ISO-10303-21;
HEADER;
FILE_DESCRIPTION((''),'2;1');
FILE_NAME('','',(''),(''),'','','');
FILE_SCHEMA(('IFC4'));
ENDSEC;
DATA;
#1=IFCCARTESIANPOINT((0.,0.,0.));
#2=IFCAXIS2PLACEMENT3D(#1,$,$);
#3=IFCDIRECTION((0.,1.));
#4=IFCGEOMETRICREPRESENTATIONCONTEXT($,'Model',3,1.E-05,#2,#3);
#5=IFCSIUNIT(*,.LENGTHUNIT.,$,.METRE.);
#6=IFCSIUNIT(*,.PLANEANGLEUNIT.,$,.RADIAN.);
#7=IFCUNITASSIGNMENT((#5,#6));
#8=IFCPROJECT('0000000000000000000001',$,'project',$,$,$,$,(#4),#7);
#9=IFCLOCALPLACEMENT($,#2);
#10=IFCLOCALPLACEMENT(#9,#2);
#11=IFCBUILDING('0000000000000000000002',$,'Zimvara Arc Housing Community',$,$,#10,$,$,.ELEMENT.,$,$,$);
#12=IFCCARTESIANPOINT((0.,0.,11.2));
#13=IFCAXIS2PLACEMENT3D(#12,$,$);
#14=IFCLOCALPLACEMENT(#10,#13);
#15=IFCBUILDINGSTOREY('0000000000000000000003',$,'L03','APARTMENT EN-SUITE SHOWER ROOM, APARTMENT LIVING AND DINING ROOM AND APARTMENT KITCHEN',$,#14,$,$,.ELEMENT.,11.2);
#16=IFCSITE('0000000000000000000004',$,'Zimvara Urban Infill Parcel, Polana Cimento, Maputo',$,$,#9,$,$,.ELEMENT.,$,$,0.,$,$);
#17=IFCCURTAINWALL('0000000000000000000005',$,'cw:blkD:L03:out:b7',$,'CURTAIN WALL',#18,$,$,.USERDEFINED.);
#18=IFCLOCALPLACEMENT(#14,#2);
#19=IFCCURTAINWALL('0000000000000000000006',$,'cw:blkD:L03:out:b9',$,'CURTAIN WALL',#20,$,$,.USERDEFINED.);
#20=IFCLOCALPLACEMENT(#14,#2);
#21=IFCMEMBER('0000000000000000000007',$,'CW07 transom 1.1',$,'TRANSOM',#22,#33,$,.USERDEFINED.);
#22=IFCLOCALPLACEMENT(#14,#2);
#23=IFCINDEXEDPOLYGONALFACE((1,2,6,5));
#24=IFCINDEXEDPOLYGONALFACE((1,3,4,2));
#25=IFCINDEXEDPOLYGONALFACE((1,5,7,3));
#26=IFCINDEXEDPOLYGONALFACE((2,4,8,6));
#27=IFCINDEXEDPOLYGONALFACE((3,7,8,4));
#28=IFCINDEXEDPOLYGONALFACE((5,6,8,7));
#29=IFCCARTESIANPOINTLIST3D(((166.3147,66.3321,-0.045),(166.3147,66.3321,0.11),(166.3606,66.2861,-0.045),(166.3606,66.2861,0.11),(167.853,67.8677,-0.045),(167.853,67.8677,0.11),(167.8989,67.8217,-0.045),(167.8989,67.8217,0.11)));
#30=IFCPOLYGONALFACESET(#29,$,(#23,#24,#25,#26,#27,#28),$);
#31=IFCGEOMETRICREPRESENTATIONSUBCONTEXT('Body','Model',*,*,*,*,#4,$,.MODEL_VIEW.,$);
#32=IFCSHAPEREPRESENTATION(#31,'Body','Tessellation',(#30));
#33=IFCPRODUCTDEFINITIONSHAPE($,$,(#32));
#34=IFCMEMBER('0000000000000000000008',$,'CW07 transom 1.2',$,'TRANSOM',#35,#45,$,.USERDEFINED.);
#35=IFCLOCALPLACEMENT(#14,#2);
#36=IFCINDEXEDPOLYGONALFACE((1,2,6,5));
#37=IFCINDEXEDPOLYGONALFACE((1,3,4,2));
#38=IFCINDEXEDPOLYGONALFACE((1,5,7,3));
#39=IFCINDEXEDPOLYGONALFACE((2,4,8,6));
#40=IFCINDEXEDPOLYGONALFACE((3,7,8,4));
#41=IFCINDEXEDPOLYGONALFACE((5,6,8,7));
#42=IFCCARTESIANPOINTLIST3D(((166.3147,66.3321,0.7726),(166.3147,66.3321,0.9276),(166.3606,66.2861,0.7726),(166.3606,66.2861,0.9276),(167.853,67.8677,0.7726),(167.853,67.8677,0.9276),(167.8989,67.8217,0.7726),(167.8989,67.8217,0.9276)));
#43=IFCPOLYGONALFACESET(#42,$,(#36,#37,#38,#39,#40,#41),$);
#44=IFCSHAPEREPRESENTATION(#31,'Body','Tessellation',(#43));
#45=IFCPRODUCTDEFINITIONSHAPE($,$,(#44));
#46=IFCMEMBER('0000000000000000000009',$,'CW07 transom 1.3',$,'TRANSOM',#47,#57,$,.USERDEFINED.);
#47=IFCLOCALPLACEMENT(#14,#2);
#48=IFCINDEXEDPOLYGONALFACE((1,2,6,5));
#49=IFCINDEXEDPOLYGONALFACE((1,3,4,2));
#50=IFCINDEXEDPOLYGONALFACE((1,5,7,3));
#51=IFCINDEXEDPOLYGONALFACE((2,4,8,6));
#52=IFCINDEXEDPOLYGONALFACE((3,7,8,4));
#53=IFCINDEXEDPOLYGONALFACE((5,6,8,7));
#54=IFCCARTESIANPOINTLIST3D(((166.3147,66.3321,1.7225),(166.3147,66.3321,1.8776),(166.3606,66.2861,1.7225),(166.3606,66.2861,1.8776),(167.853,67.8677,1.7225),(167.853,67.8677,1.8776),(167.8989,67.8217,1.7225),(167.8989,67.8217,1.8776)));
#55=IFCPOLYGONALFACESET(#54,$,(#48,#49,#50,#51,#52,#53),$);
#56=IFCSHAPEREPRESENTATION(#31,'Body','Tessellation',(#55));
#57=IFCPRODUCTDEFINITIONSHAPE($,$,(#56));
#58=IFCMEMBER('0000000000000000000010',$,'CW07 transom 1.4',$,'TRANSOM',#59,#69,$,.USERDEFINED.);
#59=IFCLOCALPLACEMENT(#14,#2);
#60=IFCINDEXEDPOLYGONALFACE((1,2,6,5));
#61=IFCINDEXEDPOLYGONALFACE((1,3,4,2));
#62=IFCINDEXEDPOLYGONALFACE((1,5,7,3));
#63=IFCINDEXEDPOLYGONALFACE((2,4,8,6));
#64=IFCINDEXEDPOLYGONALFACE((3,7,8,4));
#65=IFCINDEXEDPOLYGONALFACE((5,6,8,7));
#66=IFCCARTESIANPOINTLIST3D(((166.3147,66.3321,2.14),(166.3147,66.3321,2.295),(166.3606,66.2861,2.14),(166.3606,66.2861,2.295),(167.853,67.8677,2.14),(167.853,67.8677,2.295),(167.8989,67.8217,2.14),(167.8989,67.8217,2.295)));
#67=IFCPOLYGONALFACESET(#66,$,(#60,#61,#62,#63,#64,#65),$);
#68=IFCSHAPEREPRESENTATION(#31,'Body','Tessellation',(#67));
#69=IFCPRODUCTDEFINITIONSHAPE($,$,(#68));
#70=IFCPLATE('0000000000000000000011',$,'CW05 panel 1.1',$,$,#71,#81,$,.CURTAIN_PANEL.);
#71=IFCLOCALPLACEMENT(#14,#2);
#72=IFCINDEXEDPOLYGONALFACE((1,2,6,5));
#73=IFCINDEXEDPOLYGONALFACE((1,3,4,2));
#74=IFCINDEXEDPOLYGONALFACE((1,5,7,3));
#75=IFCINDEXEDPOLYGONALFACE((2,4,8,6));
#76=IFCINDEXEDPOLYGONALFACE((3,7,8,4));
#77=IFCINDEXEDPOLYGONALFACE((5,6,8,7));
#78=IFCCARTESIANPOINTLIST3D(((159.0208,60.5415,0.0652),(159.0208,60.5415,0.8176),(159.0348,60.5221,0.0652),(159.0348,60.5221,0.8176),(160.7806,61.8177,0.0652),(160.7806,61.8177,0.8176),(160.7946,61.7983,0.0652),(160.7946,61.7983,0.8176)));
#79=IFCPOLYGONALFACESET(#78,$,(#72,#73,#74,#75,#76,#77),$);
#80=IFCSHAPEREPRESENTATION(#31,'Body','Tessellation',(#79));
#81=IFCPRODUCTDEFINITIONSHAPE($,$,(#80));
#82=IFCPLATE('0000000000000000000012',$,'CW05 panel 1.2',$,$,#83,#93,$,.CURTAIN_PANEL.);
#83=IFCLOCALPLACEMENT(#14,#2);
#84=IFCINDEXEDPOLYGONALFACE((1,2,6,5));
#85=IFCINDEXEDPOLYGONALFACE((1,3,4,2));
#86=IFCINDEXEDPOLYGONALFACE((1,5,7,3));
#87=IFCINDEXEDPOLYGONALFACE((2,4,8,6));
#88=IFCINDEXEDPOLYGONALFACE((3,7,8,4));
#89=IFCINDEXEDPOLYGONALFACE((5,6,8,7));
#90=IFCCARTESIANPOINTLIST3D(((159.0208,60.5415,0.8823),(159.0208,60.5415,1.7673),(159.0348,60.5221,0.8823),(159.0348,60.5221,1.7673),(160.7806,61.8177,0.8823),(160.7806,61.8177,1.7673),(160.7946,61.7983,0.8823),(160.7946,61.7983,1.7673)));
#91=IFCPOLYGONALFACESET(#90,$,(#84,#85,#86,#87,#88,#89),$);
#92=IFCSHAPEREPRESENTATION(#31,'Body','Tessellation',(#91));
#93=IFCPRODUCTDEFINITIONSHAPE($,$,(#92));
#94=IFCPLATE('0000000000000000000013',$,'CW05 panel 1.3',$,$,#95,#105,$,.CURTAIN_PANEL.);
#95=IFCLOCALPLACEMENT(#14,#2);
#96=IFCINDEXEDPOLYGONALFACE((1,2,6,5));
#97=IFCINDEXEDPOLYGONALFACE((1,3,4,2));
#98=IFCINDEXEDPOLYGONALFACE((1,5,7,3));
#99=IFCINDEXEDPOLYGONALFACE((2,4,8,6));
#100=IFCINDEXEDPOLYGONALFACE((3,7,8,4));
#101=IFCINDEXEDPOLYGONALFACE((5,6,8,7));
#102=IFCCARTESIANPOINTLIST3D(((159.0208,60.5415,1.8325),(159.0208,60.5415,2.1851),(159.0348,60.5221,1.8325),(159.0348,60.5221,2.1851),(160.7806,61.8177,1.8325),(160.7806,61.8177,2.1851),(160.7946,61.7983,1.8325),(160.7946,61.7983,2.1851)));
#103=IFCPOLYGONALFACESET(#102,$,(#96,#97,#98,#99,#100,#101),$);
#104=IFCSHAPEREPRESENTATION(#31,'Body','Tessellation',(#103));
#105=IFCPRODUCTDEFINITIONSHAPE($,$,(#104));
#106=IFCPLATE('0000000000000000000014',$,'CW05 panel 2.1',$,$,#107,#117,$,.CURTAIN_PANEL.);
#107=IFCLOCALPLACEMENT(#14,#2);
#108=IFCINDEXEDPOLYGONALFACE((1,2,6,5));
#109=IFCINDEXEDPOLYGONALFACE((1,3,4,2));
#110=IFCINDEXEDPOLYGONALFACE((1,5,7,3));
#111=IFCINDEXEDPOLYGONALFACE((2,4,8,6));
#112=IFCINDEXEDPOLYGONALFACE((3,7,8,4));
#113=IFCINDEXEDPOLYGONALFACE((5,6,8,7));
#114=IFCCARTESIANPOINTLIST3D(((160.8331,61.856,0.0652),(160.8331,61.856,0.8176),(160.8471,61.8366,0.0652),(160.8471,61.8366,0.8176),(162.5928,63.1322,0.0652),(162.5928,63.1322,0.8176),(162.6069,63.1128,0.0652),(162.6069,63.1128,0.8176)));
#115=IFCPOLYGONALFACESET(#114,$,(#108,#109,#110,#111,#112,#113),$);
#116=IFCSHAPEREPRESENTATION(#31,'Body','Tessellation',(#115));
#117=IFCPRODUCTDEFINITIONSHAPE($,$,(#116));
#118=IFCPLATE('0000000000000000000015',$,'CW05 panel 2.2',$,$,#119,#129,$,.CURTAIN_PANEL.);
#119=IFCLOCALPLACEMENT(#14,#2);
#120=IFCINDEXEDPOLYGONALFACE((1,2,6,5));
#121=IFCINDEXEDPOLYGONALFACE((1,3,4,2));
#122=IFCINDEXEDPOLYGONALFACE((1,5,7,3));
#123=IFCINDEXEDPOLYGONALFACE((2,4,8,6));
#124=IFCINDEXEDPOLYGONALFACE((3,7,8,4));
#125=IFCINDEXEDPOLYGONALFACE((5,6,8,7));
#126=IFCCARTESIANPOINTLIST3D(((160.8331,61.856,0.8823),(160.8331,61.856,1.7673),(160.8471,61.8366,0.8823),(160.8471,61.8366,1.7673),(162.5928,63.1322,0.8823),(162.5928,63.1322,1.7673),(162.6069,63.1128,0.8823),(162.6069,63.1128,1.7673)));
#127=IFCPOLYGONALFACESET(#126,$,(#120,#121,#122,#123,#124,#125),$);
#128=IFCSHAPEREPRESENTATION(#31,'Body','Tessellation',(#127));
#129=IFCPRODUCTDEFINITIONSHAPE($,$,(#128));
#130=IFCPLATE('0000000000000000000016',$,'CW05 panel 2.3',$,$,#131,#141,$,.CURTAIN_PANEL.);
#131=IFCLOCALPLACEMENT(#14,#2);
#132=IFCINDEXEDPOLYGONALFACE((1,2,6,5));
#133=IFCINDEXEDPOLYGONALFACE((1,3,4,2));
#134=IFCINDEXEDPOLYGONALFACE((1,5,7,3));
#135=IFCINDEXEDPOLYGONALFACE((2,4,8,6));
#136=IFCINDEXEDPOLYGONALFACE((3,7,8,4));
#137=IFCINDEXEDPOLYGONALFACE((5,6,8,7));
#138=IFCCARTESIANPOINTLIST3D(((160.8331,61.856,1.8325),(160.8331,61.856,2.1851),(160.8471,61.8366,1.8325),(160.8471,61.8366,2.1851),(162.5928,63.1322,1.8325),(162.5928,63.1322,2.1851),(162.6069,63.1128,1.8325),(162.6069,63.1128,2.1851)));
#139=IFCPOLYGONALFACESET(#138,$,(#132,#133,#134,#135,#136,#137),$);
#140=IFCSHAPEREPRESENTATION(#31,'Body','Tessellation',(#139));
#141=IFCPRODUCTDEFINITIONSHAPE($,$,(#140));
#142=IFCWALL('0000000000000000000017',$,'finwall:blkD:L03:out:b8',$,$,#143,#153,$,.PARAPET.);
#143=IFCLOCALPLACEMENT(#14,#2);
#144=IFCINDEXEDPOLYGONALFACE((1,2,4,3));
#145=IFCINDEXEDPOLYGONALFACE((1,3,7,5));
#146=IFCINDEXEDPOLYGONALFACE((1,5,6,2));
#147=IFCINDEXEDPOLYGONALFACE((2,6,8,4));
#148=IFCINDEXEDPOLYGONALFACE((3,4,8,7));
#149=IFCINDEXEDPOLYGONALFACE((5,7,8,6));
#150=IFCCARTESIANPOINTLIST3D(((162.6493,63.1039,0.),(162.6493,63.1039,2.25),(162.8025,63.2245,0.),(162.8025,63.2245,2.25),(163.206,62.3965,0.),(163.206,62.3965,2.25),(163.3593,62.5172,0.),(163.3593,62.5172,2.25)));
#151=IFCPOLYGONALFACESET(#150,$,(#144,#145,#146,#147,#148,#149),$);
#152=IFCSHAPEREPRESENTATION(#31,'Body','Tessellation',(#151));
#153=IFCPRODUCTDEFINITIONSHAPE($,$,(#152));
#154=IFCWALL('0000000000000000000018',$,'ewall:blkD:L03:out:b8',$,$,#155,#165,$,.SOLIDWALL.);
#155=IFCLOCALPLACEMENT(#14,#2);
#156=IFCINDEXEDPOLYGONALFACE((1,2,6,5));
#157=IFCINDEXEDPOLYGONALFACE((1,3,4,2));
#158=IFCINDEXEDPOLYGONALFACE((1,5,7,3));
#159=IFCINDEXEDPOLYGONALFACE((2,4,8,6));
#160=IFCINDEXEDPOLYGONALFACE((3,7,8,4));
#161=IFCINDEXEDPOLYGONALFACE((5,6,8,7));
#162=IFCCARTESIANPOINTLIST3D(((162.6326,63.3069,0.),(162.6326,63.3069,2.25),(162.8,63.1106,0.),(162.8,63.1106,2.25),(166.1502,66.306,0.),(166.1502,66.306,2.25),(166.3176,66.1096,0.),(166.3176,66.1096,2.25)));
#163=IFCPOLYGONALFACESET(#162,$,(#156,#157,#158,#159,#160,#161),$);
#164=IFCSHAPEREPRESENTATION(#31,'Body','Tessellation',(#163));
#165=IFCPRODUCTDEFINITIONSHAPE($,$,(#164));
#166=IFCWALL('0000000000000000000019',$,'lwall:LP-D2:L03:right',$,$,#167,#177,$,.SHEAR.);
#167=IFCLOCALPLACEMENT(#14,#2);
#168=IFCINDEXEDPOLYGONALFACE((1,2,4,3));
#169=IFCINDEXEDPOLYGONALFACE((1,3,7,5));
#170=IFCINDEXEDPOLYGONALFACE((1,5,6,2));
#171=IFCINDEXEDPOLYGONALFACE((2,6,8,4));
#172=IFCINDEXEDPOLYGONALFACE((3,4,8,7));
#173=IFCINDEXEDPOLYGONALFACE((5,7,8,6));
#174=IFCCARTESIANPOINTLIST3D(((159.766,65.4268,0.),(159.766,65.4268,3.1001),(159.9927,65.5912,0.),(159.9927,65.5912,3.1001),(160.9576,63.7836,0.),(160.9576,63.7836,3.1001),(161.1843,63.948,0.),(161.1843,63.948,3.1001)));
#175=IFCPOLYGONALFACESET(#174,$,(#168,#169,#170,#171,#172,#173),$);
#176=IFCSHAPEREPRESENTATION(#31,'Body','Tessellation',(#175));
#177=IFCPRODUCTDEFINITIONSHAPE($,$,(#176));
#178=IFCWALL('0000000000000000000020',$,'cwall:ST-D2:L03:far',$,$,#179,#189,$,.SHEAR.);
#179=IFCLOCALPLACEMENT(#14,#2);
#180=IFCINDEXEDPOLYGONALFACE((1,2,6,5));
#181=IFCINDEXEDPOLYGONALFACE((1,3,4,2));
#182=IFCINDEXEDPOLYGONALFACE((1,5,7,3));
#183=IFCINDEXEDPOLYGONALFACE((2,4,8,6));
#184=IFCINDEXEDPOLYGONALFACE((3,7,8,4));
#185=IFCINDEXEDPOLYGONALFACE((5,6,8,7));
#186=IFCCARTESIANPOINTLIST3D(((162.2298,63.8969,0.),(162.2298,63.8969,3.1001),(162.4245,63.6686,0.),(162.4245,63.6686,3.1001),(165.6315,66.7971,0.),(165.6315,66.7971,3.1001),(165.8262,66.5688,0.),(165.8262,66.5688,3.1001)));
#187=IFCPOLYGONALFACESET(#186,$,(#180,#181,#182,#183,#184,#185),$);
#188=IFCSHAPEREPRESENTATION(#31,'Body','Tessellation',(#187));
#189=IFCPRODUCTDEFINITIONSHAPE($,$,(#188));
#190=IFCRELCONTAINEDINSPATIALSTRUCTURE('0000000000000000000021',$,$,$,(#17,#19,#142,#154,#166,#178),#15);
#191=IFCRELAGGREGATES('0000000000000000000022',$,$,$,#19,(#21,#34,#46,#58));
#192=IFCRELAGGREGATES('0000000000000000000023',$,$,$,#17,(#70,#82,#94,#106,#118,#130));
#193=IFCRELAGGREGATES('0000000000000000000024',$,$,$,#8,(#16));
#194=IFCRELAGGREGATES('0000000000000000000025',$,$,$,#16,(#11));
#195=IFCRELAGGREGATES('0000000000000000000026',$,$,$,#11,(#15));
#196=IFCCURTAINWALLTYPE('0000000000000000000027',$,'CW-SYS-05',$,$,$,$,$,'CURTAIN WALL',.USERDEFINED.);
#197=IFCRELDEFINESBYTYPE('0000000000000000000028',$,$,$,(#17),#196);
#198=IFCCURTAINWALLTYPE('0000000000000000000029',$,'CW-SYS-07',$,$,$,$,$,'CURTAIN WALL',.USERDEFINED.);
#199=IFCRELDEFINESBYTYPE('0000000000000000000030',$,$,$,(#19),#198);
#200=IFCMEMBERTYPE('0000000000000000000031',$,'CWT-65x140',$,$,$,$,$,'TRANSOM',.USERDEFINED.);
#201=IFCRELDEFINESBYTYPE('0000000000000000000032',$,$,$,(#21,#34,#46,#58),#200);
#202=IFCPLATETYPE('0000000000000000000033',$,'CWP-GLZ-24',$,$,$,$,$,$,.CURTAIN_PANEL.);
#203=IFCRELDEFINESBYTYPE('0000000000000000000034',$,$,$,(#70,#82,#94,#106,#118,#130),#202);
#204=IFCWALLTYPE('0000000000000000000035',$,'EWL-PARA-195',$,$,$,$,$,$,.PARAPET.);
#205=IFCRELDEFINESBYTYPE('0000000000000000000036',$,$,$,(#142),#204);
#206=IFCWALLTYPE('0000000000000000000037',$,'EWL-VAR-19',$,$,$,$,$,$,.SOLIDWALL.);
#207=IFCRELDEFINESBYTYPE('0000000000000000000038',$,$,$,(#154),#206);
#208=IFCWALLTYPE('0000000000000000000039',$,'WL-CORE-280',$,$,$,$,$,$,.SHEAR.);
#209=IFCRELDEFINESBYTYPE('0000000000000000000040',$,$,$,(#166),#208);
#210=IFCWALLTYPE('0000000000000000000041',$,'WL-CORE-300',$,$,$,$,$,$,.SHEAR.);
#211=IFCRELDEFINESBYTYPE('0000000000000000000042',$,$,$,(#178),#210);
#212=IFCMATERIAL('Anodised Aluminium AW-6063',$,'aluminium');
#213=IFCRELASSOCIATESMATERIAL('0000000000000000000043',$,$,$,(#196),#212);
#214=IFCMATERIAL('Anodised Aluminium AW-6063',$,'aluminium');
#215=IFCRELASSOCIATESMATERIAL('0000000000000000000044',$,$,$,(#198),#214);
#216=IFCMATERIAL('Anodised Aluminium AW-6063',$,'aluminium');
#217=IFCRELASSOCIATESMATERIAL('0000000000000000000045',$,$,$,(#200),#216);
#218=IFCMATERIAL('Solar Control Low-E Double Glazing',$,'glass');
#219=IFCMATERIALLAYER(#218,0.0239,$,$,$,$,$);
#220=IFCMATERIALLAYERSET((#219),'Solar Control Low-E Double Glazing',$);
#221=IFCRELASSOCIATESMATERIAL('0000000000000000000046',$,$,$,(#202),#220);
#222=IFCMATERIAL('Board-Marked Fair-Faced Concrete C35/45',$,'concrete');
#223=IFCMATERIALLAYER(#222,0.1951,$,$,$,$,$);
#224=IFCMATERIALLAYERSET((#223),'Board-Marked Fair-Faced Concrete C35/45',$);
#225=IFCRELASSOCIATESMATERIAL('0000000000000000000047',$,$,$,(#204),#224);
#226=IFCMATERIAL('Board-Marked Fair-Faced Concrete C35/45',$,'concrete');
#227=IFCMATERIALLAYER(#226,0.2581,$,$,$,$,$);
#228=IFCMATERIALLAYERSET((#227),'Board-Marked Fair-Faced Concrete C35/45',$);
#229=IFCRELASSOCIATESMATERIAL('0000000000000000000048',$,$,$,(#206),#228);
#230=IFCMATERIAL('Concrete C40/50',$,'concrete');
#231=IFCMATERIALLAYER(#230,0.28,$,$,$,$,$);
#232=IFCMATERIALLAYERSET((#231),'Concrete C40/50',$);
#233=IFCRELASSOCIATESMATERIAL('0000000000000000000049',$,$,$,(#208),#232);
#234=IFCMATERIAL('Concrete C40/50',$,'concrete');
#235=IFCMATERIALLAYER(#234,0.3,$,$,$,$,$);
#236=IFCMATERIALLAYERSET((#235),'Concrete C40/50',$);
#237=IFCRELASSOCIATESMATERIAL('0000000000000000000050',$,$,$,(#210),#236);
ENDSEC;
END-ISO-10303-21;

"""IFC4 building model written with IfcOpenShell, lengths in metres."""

from ifc_helpers import new_model, si_unit, direction, frame, frame_2d, origin, origin_2d, place, context, subcontext, project, spatial, rectangle, extrude, material, layer, layer_set, material_profile, profile_set, type_object, element, aggregate, save


model = new_model("IFC4")

# Units and contexts
model_context = context("Model", 3, precision=1e-05, world=origin(), true_north=direction((0.0, 1.0)))
body_context = subcontext(model_context, "Body", "Model", "MODEL_VIEW")
ifc_project = project(units=[si_unit("LENGTHUNIT", "METRE"), si_unit("PLANEANGLEUNIT", "RADIAN")], contexts=[model_context])

# Site, building, storey
site_placement = place(None, origin())
site = spatial("IfcSite", under=ifc_project, at=site_placement, Name="Zimvara Urban Infill Parcel, Polana Cimento, Maputo", CompositionType="ELEMENT", RefElevation=0.0)
building_placement = place(site_placement, origin())
building = spatial("IfcBuilding", under=site, at=building_placement, Name="Zimvara Arc Housing Community", CompositionType="ELEMENT")
storey_placement = place(building_placement, frame((0.0, 0.0, 11.2)))
storey = spatial("IfcBuildingStorey", under=building, at=storey_placement, Name="L03", Description="APARTMENT EN-SUITE SHOWER ROOM, APARTMENT LIVING AND DINING ROOM AND APARTMENT KITCHEN", CompositionType="ELEMENT", Elevation=11.2)

# Curtain wall
ifc_material_1 = material(Name="Anodised Aluminium AW-6063", Category="aluminium")
curtain_wall_type_1 = type_object("IfcCurtainWallType", Name="CW-SYS-05", ElementType="CURTAIN WALL", PredefinedType="USERDEFINED", material=ifc_material_1)
curtain_wall_1_placement = place(storey_placement, origin())
curtain_wall_1 = element("IfcCurtainWall", 1, at=curtain_wall_1_placement, inside=storey, type_object=curtain_wall_type_1, Name="cw:blkD:L03:out:b7", ObjectType="CURTAIN WALL", PredefinedType="USERDEFINED")

# Curtain wall
ifc_material_2 = material(Name="Anodised Aluminium AW-6063", Category="aluminium")
curtain_wall_type_2 = type_object("IfcCurtainWallType", Name="CW-SYS-07", ElementType="CURTAIN WALL", PredefinedType="USERDEFINED", material=ifc_material_2)
curtain_wall_2_placement = place(storey_placement, origin())
curtain_wall_2 = element("IfcCurtainWall", 2, at=curtain_wall_2_placement, inside=storey, type_object=curtain_wall_type_2, Name="cw:blkD:L03:out:b9", ObjectType="CURTAIN WALL", PredefinedType="USERDEFINED")

# Members
ifc_material_3 = material(Name="Anodised Aluminium AW-6063", Category="aluminium")
ifc_material_profile_1 = material_profile(ifc_material_3, rectangle(XDim=0.0649, YDim=0.155, at=origin_2d()), Name="ALU 65x155")
ifc_profile_set_1 = profile_set([ifc_material_profile_1], Name="Anodised Aluminium AW-6063")
member_type_1 = type_object("IfcMemberType", Name="CWT-65x140", ElementType="TRANSOM", PredefinedType="USERDEFINED", material=ifc_profile_set_1)
member_1_placement = place(storey_placement, frame((166.3376, 66.3091, 0.0325), z_axis=(0.707724, 0.706489, 0.0), x_axis=(-0.706489, 0.707724, 0.0)))
member_1 = element("IfcMember", 3, at=member_1_placement, type_object=member_type_1, Name="CW07 transom 1.1", ObjectType="TRANSOM", PredefinedType="USERDEFINED", context=body_context, shape_type="SweptSolid", body=[
    extrude(rectangle(XDim=0.0649, YDim=0.155, at=origin_2d()), origin(), (0.0, 0.0, 1.0), 2.1736),
])
member_2_placement = place(storey_placement, frame((166.3376, 66.3091, 0.8501), z_axis=(0.707724, 0.706489, 0.0), x_axis=(-0.706489, 0.707724, 0.0)))
member_2 = element("IfcMember", 4, at=member_2_placement, type_object=member_type_1, Name="CW07 transom 1.2", ObjectType="TRANSOM", PredefinedType="USERDEFINED", context=body_context, shape_type="SweptSolid", body=[
    extrude(rectangle(XDim=0.0649, YDim=0.155, at=origin_2d()), origin(), (0.0, 0.0, 1.0), 2.1736),
])
member_3_placement = place(storey_placement, frame((166.3376, 66.3091, 1.8), z_axis=(0.707724, 0.706489, 0.0), x_axis=(-0.706489, 0.707724, 0.0)))
member_3 = element("IfcMember", 5, at=member_3_placement, type_object=member_type_1, Name="CW07 transom 1.3", ObjectType="TRANSOM", PredefinedType="USERDEFINED", context=body_context, shape_type="SweptSolid", body=[
    extrude(rectangle(XDim=0.0649, YDim=0.155, at=origin_2d()), origin(), (0.0, 0.0, 1.0), 2.1736),
])
member_4_placement = place(storey_placement, frame((166.3376, 66.3091, 2.2175), z_axis=(0.707724, 0.706489, 0.0), x_axis=(-0.706489, 0.707724, 0.0)))
member_4 = element("IfcMember", 6, at=member_4_placement, type_object=member_type_1, Name="CW07 transom 1.4", ObjectType="TRANSOM", PredefinedType="USERDEFINED", context=body_context, shape_type="SweptSolid", body=[
    extrude(rectangle(XDim=0.0649, YDim=0.155, at=origin_2d()), origin(), (0.0, 0.0, 1.0), 2.1736),
])
aggregate(curtain_wall_2, [member_1, member_2, member_3, member_4])

# Plates
ifc_material_4 = material(Name="Solar Control Low-E Double Glazing", Category="glass")
ifc_layer_1 = layer(ifc_material_4, 0.0239)
ifc_layer_set_1 = layer_set([ifc_layer_1], Name="Solar Control Low-E Double Glazing")
plate_type = type_object("IfcPlateType", Name="CWP-GLZ-24", PredefinedType="CURTAIN_PANEL", material=ifc_layer_set_1)
plate_1_placement = place(storey_placement, frame((159.9077, 61.1699, 0.0652), z_axis=(0.0, 0.0, 1.0), x_axis=(0.80953, 0.587078, 0.0)))
plate_1 = element("IfcPlate", 7, at=plate_1_placement, type_object=plate_type, Name="CW05 panel 1.1", PredefinedType="CURTAIN_PANEL", context=body_context, shape_type="SweptSolid", body=[
    extrude(rectangle(XDim=2.1738, YDim=0.0239, at=origin_2d()), origin(), (0.0, 0.0, 1.0), 0.7524),
])
plate_2_placement = place(storey_placement, frame((159.9077, 61.1699, 0.8823), z_axis=(0.0, 0.0, 1.0), x_axis=(0.80953, 0.587078, 0.0)))
plate_2 = element("IfcPlate", 8, at=plate_2_placement, type_object=plate_type, Name="CW05 panel 1.2", PredefinedType="CURTAIN_PANEL", context=body_context, shape_type="SweptSolid", body=[
    extrude(rectangle(XDim=2.1738, YDim=0.0239, at=origin_2d()), origin(), (0.0, 0.0, 1.0), 0.885),
])
plate_3_placement = place(storey_placement, frame((159.9077, 61.1699, 1.8325), z_axis=(0.0, 0.0, 1.0), x_axis=(0.80953, 0.587078, 0.0)))
plate_3 = element("IfcPlate", 9, at=plate_3_placement, type_object=plate_type, Name="CW05 panel 1.3", PredefinedType="CURTAIN_PANEL", context=body_context, shape_type="SweptSolid", body=[
    extrude(rectangle(XDim=2.1738, YDim=0.0239, at=origin_2d()), origin(), (0.0, 0.0, 1.0), 0.3525),
])
plate_4_placement = place(storey_placement, frame((161.72, 62.4844, 0.0652), z_axis=(0.0, 0.0, 1.0), x_axis=(0.80953, 0.587078, 0.0)))
plate_4 = element("IfcPlate", 10, at=plate_4_placement, type_object=plate_type, Name="CW05 panel 2.1", PredefinedType="CURTAIN_PANEL", context=body_context, shape_type="SweptSolid", body=[
    extrude(rectangle(XDim=2.1738, YDim=0.0239, at=origin_2d()), origin(), (0.0, 0.0, 1.0), 0.7524),
])
plate_5_placement = place(storey_placement, frame((161.72, 62.4844, 0.8823), z_axis=(0.0, 0.0, 1.0), x_axis=(0.80953, 0.587078, 0.0)))
plate_5 = element("IfcPlate", 11, at=plate_5_placement, type_object=plate_type, Name="CW05 panel 2.2", PredefinedType="CURTAIN_PANEL", context=body_context, shape_type="SweptSolid", body=[
    extrude(rectangle(XDim=2.1738, YDim=0.0239, at=origin_2d()), origin(), (0.0, 0.0, 1.0), 0.885),
])
plate_6_placement = place(storey_placement, frame((161.72, 62.4844, 1.8325), z_axis=(0.0, 0.0, 1.0), x_axis=(0.80953, 0.587078, 0.0)))
plate_6 = element("IfcPlate", 12, at=plate_6_placement, type_object=plate_type, Name="CW05 panel 2.3", PredefinedType="CURTAIN_PANEL", context=body_context, shape_type="SweptSolid", body=[
    extrude(rectangle(XDim=2.1738, YDim=0.0239, at=origin_2d()), origin(), (0.0, 0.0, 1.0), 0.3525),
])
aggregate(curtain_wall_1, [plate_1, plate_2, plate_3, plate_4, plate_5, plate_6])

# Walls
ifc_material_5 = material(Name="Board-Marked Fair-Faced Concrete C35/45", Category="concrete")
ifc_layer_2 = layer(ifc_material_5, 0.1951)
ifc_layer_set_2 = layer_set([ifc_layer_2], Name="Board-Marked Fair-Faced Concrete C35/45")
wall_type_1 = type_object("IfcWallType", Name="EWL-PARA-195", PredefinedType="PARAPET", material=ifc_layer_set_2)
wall_1_placement = place(storey_placement, frame((162.7258, 63.1643, 0.0), z_axis=(0.0, 0.0, 1.0), x_axis=(0.618456, -0.785819, 0.0)))
element("IfcWall", 13, at=wall_1_placement, inside=storey, type_object=wall_type_1, Name="finwall:blkD:L03:out:b8", PredefinedType="PARAPET", context=body_context, shape_type="SweptSolid", body=[
    extrude(rectangle(XDim=0.9001, YDim=0.1951, at=frame_2d((0.4502, 0.0))), origin(), (0.0, 0.0, 1.0), 2.25),
])
ifc_material_6 = material(Name="Board-Marked Fair-Faced Concrete C35/45", Category="concrete")
ifc_layer_3 = layer(ifc_material_6, 0.2581)
ifc_layer_set_3 = layer_set([ifc_layer_3], Name="Board-Marked Fair-Faced Concrete C35/45")
wall_type_2 = type_object("IfcWallType", Name="EWL-VAR-19", PredefinedType="SOLIDWALL", material=ifc_layer_set_3)
wall_2_placement = place(storey_placement, frame((162.7163, 63.2087, 0.0), z_axis=(0.0, 0.0, 1.0), x_axis=(0.760969, 0.648788, 0.0)))
element("IfcWall", 14, at=wall_2_placement, inside=storey, type_object=wall_type_2, Name="ewall:blkD:L03:out:b8", PredefinedType="SOLIDWALL", context=body_context, shape_type="SweptSolid", body=[
    extrude(rectangle(XDim=4.6226, YDim=0.2581, at=frame_2d((2.3113, 0.0))), origin(), (0.0, 0.0, 1.0), 2.25),
])
ifc_material_7 = material(Name="Concrete C40/50", Category="concrete")
ifc_layer_4 = layer(ifc_material_7, 0.28)
ifc_layer_set_4 = layer_set([ifc_layer_4], Name="Concrete C40/50")
wall_type_3 = type_object("IfcWallType", Name="WL-CORE-280", PredefinedType="SHEAR", material=ifc_layer_set_4)
wall_3_placement = place(storey_placement, frame((159.8794, 65.509, 0.0), z_axis=(0.0, 0.0, 1.0), x_axis=(0.587048, -0.809552, 0.0)))
element("IfcWall", 15, at=wall_3_placement, inside=storey, type_object=wall_type_3, Name="lwall:LP-D2:L03:right", PredefinedType="SHEAR", context=body_context, shape_type="SweptSolid", body=[
    extrude(rectangle(XDim=2.0298, YDim=0.28, at=frame_2d((1.0149, 0.0))), origin(), (0.0, 0.0, 1.0), 3.1001),
])
ifc_material_8 = material(Name="Concrete C40/50", Category="concrete")
ifc_layer_5 = layer(ifc_material_8, 0.3)
ifc_layer_set_5 = layer_set([ifc_layer_5], Name="Concrete C40/50")
wall_type_4 = type_object("IfcWallType", Name="WL-CORE-300", PredefinedType="SHEAR", material=ifc_layer_set_5)
wall_4_placement = place(storey_placement, frame((162.3271, 63.7827, 0.0), z_axis=(0.0, 0.0, 1.0), x_axis=(0.76097, 0.648788, 0.0)))
element("IfcWall", 16, at=wall_4_placement, inside=storey, type_object=wall_type_4, Name="cwall:ST-D2:L03:far", PredefinedType="SHEAR", context=body_context, shape_type="SweptSolid", body=[
    extrude(rectangle(XDim=4.4702, YDim=0.3, at=frame_2d((2.2351, 0.0))), origin(), (0.0, 0.0, 1.0), 3.1001),
])

save(model, "model.ifc")
